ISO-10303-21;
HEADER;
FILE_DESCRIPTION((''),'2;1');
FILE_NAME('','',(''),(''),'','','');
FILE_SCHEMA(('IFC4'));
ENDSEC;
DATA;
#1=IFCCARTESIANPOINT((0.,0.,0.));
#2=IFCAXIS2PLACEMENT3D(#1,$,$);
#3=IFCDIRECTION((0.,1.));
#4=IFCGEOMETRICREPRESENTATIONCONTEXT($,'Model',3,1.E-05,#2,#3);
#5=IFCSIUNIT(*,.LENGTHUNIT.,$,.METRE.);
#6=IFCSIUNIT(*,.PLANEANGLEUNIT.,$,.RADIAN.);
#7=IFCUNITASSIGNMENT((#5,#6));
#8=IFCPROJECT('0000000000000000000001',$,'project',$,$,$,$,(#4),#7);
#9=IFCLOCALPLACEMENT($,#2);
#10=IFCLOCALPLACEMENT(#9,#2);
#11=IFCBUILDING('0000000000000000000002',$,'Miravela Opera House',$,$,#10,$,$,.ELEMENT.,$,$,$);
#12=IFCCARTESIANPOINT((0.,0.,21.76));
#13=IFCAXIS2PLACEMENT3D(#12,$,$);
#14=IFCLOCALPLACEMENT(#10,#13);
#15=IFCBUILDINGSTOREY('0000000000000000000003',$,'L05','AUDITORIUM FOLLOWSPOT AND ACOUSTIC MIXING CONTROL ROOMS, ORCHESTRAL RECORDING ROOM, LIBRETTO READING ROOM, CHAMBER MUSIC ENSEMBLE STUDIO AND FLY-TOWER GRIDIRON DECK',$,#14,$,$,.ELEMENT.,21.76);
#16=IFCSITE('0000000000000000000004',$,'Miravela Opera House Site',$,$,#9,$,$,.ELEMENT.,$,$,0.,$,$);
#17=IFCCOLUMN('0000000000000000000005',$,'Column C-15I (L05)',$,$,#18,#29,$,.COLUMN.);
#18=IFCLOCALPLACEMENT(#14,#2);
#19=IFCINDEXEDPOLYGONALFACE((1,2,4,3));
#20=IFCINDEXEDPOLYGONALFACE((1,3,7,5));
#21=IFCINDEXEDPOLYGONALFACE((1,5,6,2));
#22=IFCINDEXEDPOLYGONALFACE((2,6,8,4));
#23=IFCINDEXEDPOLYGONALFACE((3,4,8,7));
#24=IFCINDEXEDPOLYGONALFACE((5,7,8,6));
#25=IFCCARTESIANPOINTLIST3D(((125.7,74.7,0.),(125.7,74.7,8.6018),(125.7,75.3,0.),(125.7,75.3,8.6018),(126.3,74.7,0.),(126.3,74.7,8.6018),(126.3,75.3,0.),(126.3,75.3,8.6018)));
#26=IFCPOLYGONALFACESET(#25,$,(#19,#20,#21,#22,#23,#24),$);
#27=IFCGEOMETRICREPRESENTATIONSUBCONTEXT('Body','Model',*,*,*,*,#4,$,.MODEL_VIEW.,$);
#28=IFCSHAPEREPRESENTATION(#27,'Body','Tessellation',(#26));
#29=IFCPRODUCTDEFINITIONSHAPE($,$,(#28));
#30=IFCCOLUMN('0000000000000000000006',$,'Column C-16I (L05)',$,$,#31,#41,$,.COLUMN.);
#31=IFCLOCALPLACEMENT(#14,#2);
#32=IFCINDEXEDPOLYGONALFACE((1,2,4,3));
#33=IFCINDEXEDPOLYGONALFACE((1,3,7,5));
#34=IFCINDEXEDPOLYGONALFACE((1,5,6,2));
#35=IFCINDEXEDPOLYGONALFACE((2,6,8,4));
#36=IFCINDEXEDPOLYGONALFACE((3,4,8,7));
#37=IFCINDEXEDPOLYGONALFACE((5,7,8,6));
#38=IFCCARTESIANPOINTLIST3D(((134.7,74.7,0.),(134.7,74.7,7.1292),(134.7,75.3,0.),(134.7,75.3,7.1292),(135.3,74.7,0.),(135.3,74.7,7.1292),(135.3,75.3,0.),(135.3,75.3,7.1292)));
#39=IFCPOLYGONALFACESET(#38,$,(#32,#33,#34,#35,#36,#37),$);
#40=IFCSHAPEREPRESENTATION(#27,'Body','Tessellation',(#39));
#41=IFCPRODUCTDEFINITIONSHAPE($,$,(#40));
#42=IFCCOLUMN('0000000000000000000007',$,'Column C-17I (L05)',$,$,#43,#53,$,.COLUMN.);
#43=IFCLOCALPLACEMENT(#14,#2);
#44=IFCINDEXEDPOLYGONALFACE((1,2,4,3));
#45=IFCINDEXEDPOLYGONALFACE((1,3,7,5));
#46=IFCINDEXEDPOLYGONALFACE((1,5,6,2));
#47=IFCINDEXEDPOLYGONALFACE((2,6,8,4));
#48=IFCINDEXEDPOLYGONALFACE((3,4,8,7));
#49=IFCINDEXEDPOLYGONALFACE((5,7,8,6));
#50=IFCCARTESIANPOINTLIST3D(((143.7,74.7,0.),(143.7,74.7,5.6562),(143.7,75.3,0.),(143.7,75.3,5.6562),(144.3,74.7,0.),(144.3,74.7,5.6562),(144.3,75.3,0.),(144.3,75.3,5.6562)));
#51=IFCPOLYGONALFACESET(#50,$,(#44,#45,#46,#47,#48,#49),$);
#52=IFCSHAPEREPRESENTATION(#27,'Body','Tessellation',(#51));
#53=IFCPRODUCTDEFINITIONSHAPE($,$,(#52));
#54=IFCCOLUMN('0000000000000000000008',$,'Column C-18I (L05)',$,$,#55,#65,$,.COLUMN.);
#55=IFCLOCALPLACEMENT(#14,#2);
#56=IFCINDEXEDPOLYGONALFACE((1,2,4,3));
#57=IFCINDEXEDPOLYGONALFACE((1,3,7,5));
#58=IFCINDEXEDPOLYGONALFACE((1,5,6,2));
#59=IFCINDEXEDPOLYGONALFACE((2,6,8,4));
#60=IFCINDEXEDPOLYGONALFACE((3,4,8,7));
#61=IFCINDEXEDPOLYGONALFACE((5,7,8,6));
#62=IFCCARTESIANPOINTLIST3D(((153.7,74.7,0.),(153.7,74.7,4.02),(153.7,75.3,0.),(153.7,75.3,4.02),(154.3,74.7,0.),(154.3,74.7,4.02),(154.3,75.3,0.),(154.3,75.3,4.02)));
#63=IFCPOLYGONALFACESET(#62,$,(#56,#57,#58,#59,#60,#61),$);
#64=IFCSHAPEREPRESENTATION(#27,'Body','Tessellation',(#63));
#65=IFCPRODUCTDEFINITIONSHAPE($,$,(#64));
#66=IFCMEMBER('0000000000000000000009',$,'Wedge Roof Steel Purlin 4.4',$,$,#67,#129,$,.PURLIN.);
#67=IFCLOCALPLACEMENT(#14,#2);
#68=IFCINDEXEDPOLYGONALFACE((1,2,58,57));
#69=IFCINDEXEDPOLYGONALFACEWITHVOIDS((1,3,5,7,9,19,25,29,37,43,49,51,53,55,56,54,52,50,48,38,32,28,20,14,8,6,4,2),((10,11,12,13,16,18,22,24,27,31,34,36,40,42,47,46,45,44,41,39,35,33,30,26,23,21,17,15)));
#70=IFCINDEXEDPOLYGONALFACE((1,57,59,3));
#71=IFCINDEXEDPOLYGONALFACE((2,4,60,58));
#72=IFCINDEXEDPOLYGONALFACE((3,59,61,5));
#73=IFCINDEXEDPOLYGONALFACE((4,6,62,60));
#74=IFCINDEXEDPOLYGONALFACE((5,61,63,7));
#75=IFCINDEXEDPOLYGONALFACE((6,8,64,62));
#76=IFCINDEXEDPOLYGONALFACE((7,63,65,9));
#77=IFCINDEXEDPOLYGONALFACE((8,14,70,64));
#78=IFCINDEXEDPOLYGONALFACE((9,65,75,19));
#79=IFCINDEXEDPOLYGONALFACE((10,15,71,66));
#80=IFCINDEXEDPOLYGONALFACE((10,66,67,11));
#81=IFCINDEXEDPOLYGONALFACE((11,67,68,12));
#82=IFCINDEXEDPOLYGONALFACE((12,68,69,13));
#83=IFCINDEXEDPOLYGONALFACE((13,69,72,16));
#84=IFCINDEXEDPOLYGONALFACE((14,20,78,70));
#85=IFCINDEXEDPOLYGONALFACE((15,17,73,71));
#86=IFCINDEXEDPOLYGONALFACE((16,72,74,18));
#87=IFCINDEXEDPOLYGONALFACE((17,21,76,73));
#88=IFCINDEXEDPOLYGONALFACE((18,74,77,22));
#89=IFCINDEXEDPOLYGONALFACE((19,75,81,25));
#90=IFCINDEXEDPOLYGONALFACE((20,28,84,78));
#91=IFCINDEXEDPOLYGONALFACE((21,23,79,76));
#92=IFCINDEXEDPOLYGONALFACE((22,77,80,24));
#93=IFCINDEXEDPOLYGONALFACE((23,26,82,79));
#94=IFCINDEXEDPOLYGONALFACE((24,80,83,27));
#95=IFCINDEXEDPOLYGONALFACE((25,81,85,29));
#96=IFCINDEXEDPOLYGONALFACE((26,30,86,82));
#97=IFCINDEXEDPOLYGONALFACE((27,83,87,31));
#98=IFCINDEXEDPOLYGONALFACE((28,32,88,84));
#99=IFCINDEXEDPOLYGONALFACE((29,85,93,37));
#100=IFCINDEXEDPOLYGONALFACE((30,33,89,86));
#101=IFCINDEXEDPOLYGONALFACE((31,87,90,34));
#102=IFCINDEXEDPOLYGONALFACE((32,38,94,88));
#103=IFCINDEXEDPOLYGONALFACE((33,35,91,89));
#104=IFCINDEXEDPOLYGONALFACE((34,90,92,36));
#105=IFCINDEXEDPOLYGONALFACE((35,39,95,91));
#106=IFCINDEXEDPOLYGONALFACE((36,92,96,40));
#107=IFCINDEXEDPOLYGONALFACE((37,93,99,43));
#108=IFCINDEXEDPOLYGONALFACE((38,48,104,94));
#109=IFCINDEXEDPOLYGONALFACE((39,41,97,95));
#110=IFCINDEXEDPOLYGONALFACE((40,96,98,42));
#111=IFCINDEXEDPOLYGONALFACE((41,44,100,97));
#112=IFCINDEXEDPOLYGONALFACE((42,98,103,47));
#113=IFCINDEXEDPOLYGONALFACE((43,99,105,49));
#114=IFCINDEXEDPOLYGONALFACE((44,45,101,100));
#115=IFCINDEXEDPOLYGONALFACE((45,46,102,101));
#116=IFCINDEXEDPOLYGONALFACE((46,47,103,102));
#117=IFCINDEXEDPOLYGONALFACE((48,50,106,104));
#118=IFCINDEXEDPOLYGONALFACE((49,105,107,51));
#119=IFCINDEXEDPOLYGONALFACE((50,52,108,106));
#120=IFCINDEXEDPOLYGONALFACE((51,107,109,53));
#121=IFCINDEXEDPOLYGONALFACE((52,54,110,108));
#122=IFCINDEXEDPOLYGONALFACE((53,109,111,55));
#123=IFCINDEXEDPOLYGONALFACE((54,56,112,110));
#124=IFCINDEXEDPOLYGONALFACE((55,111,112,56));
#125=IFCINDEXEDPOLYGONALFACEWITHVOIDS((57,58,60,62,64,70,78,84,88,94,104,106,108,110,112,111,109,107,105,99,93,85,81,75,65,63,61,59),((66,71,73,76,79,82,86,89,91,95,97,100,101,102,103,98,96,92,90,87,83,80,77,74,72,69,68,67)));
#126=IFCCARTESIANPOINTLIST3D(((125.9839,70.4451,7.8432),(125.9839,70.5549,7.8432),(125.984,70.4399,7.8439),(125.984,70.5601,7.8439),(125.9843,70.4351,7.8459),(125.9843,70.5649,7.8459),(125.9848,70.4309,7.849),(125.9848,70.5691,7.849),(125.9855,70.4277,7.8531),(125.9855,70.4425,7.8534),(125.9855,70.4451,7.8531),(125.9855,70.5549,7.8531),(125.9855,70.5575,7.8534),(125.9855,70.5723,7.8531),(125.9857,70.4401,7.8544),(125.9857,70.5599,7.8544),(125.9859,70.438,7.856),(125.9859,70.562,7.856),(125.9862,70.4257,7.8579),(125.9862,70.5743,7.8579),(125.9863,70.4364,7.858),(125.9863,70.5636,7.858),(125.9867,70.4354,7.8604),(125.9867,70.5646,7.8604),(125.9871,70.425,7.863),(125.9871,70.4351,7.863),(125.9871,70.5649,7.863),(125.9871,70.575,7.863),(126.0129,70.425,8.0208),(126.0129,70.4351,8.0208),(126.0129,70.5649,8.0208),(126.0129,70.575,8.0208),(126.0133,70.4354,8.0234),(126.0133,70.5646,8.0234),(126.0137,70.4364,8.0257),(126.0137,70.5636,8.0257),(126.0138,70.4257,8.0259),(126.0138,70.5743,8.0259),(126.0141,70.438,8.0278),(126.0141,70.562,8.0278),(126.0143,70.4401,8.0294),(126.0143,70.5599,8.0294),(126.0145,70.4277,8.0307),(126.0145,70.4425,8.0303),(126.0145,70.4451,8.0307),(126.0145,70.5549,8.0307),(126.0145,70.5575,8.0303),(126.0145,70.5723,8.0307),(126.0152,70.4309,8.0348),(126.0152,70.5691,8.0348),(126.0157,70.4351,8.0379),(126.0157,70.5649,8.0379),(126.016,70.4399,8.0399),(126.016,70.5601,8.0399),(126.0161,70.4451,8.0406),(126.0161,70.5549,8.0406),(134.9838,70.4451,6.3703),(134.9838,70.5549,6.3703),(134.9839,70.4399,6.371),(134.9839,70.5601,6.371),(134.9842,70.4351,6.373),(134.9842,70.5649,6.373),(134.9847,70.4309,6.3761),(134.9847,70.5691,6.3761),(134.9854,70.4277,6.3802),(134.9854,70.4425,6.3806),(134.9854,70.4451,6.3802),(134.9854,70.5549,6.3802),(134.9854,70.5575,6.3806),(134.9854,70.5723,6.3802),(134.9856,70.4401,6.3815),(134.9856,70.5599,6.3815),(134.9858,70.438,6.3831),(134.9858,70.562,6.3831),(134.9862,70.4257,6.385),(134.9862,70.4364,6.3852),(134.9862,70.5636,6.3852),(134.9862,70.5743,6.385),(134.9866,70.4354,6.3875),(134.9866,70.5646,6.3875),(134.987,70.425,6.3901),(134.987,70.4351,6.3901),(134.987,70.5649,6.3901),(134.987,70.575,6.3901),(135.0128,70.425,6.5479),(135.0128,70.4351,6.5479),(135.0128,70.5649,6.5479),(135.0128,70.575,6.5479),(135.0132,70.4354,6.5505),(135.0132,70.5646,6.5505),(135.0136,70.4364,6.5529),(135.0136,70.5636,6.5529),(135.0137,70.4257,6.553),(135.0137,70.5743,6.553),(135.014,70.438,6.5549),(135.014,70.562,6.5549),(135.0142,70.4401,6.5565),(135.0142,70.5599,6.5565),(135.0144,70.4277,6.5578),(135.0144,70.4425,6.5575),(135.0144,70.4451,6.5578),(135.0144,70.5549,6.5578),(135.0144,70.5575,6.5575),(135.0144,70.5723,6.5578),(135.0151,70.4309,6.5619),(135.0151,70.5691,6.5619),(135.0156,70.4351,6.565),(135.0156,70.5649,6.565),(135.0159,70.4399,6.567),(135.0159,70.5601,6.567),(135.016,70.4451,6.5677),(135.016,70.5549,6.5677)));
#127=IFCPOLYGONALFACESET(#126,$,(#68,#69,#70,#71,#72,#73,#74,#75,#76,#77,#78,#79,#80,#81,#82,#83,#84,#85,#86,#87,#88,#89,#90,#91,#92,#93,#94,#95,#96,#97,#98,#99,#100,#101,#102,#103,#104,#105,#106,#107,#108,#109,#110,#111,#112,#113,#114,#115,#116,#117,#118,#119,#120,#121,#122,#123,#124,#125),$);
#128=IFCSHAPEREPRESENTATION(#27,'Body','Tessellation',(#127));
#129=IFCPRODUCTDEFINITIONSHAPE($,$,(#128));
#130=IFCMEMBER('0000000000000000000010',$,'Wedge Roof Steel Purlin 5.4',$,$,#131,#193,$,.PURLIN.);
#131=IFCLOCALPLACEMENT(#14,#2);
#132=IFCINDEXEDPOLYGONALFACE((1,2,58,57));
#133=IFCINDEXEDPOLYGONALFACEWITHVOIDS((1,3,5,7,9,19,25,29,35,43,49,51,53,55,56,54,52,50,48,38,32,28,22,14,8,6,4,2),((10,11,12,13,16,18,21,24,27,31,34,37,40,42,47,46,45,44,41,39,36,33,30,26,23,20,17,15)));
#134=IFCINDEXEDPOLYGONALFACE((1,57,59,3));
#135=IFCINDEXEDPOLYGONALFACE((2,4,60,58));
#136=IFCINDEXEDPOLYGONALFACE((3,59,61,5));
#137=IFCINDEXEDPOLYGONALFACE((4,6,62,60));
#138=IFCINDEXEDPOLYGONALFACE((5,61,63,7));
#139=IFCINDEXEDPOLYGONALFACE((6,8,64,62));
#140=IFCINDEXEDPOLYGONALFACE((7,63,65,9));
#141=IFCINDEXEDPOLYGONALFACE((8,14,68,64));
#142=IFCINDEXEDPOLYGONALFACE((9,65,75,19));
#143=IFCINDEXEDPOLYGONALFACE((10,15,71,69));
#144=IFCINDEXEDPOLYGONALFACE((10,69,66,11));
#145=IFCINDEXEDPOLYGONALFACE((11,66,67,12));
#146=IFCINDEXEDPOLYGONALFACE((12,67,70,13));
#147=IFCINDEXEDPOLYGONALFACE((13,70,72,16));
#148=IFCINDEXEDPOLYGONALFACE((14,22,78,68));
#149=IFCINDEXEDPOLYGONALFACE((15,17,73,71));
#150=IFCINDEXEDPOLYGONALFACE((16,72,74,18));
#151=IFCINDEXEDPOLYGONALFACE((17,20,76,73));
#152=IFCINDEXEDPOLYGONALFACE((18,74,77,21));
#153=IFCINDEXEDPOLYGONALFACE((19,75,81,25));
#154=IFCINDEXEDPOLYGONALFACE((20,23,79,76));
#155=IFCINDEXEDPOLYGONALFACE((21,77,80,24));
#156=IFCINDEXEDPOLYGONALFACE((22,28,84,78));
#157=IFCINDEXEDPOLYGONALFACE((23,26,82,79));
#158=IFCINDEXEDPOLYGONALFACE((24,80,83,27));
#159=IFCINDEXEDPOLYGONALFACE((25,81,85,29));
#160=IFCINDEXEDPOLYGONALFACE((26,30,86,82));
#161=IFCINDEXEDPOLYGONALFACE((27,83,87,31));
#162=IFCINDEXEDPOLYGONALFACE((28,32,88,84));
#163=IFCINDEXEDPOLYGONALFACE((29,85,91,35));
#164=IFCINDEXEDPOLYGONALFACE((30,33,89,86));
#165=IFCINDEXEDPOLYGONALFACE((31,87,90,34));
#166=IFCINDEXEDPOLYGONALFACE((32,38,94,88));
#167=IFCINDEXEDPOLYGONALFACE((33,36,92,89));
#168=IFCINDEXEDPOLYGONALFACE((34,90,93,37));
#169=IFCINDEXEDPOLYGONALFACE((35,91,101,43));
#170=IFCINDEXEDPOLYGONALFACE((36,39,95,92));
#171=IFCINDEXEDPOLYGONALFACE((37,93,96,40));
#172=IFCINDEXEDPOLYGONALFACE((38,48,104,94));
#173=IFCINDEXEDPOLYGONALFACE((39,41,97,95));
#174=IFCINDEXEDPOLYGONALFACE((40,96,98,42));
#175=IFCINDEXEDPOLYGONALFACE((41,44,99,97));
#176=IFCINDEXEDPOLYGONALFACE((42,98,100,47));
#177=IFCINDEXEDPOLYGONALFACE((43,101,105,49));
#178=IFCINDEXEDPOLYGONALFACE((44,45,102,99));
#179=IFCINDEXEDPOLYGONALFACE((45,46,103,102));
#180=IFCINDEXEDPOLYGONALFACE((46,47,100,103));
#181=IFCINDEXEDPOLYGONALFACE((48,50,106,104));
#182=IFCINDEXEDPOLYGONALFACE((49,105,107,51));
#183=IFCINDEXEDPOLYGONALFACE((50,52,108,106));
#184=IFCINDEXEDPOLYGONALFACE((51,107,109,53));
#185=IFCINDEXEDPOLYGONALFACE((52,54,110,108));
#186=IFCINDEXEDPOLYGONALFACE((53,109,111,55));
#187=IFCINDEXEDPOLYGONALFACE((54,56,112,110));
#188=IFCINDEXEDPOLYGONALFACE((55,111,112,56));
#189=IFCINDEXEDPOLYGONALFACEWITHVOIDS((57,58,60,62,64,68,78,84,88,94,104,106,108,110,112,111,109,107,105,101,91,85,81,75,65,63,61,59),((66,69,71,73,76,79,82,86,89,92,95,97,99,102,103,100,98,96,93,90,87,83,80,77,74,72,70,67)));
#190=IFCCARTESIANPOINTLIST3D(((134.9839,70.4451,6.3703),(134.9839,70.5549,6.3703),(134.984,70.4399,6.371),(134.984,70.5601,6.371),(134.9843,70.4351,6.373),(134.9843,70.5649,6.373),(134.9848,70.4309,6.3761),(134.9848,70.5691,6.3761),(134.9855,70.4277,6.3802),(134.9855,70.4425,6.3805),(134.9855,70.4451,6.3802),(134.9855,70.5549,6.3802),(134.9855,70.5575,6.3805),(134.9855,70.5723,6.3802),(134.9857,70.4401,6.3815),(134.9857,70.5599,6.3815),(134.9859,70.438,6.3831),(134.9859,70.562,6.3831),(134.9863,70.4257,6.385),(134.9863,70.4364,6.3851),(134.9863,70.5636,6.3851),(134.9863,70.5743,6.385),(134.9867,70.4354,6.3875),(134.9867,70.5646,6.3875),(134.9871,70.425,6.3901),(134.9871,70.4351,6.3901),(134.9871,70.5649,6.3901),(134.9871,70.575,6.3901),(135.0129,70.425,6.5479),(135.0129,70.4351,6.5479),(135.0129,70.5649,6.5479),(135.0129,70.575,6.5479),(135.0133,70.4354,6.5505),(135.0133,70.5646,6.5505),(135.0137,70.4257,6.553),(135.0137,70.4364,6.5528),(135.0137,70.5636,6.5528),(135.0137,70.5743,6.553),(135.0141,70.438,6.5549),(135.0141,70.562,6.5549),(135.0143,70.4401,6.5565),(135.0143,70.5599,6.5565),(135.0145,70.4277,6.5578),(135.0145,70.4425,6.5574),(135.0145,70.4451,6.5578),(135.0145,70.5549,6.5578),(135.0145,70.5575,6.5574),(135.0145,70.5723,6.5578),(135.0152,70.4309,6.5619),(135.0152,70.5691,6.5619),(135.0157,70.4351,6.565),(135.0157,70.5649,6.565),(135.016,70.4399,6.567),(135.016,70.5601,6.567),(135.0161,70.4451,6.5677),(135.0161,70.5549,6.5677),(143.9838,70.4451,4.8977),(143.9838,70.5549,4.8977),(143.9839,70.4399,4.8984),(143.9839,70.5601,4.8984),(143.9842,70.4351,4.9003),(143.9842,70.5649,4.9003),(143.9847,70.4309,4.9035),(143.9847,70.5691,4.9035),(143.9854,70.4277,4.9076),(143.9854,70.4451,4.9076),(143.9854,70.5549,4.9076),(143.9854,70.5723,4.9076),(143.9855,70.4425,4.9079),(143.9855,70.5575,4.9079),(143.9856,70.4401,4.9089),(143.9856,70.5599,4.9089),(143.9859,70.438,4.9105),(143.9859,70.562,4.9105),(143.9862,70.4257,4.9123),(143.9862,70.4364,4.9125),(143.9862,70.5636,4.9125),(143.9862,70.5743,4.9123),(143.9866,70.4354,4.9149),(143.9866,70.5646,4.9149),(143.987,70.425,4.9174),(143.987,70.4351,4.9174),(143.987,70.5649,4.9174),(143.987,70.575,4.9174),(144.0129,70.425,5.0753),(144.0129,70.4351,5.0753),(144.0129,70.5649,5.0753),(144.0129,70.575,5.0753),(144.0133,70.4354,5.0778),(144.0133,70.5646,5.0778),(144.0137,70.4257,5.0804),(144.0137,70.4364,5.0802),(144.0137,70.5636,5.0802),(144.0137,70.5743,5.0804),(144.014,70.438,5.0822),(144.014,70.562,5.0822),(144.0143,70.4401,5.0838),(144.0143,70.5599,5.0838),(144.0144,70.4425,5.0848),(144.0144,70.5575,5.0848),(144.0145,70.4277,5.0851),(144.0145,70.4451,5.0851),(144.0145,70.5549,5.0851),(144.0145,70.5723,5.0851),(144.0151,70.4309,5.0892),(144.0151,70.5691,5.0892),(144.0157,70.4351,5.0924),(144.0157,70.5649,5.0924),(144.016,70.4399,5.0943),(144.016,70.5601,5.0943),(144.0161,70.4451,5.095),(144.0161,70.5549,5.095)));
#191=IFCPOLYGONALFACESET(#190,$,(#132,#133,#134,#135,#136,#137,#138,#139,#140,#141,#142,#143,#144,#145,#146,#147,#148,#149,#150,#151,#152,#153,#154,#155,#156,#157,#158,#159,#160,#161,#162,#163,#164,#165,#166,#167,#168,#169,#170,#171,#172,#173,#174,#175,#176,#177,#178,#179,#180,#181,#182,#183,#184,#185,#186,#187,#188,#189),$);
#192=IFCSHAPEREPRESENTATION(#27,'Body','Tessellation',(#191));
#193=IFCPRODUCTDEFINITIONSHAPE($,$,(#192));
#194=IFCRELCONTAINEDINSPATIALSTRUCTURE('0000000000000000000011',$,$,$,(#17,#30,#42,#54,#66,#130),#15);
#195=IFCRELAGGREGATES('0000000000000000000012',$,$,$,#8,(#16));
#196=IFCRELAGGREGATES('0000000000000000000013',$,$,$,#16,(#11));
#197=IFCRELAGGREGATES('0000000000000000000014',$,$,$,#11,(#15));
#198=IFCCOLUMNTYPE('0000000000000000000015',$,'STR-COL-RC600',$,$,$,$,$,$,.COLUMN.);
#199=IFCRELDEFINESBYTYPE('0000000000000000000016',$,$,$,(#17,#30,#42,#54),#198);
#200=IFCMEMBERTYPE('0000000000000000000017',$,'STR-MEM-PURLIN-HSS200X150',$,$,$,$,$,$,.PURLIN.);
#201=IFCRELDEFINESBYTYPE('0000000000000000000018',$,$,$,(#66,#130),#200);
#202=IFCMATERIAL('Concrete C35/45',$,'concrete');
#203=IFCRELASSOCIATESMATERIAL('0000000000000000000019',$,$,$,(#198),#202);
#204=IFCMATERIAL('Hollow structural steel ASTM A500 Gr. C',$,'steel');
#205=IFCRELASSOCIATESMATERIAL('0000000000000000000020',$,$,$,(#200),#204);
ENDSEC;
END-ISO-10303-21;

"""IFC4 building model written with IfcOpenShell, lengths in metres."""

from ifc_helpers import new_model, si_unit, direction, frame, origin, origin_2d, place, context, subcontext, project, spatial, rectangle, hollow_rectangle, extrude, material, material_profile, profile_set, type_object, element, save


model = new_model("IFC4")

# Units and contexts
model_context = context("Model", 3, precision=1e-05, world=origin(), true_north=direction((0.0, 1.0)))
body_context = subcontext(model_context, "Body", "Model", "MODEL_VIEW")
ifc_project = project(units=[si_unit("LENGTHUNIT", "METRE"), si_unit("PLANEANGLEUNIT", "RADIAN")], contexts=[model_context])

# Site, building, storey
site_placement = place(None, origin())
site = spatial("IfcSite", under=ifc_project, at=site_placement, Name="Miravela Opera House Site", CompositionType="ELEMENT", RefElevation=0.0)
building_placement = place(site_placement, origin())
building = spatial("IfcBuilding", under=site, at=building_placement, Name="Miravela Opera House", CompositionType="ELEMENT")
storey_placement = place(building_placement, frame((0.0, 0.0, 21.76)))
storey = spatial("IfcBuildingStorey", under=building, at=storey_placement, Name="L05", Description="AUDITORIUM FOLLOWSPOT AND ACOUSTIC MIXING CONTROL ROOMS, ORCHESTRAL RECORDING ROOM, LIBRETTO READING ROOM, CHAMBER MUSIC ENSEMBLE STUDIO AND FLY-TOWER GRIDIRON DECK", CompositionType="ELEMENT", Elevation=21.76)

# Columns
ifc_material_1 = material(Name="Concrete C35/45", Category="concrete")
ifc_material_profile_1 = material_profile(ifc_material_1, rectangle(XDim=0.6001, YDim=0.6001, at=origin_2d()), Name="RC-COL-600X600")
ifc_profile_set_1 = profile_set([ifc_material_profile_1])
column_type = type_object("IfcColumnType", Name="STR-COL-RC600", PredefinedType="COLUMN", material=ifc_profile_set_1)
column_1_placement = place(storey_placement, frame((126.0, 75.0, 0.0), z_axis=(0.0, 0.0, 1.0), x_axis=(1.0, 0.0, 0.0)))
element("IfcColumn", 1, at=column_1_placement, inside=storey, type_object=column_type, Name="Column C-15I (L05)", PredefinedType="COLUMN", context=body_context, shape_type="SweptSolid", body=[
    extrude(rectangle(XDim=0.6001, YDim=0.6001, at=origin_2d()), origin(), (0.0, 0.0, 1.0), 8.6018),
])
column_2_placement = place(storey_placement, frame((135.0, 75.0, 0.0), z_axis=(0.0, 0.0, 1.0), x_axis=(1.0, 0.0, 0.0)))
element("IfcColumn", 2, at=column_2_placement, inside=storey, type_object=column_type, Name="Column C-16I (L05)", PredefinedType="COLUMN", context=body_context, shape_type="SweptSolid", body=[
    extrude(rectangle(XDim=0.6001, YDim=0.6001, at=origin_2d()), origin(), (0.0, 0.0, 1.0), 7.1292),
])
column_3_placement = place(storey_placement, frame((144.0, 75.0, 0.0), z_axis=(0.0, 0.0, 1.0), x_axis=(1.0, 0.0, 0.0)))
element("IfcColumn", 3, at=column_3_placement, inside=storey, type_object=column_type, Name="Column C-17I (L05)", PredefinedType="COLUMN", context=body_context, shape_type="SweptSolid", body=[
    extrude(rectangle(XDim=0.6001, YDim=0.6001, at=origin_2d()), origin(), (0.0, 0.0, 1.0), 5.6562),
])
column_4_placement = place(storey_placement, frame((154.0, 75.0, 0.0), z_axis=(0.0, 0.0, 1.0), x_axis=(1.0, 0.0, 0.0)))
element("IfcColumn", 4, at=column_4_placement, inside=storey, type_object=column_type, Name="Column C-18I (L05)", PredefinedType="COLUMN", context=body_context, shape_type="SweptSolid", body=[
    extrude(rectangle(XDim=0.6001, YDim=0.6001, at=origin_2d()), origin(), (0.0, 0.0, 1.0), 4.02),
])

# Members
ifc_material_2 = material(Name="Hollow structural steel ASTM A500 Gr. C", Category="steel")
ifc_material_profile_2 = material_profile(ifc_material_2, hollow_rectangle(XDim=0.1499, YDim=0.2, WallThickness=0.01, InnerFilletRadius=0.01, OuterFilletRadius=0.02, at=origin_2d()), Name="HSS200X150X10")
ifc_profile_set_2 = profile_set([ifc_material_profile_2])
member_type_1 = type_object("IfcMemberType", Name="STR-MEM-PURLIN-HSS200X150", PredefinedType="PURLIN", material=ifc_profile_set_2)
for number, where, z_axis, x_axis, name in (
    (5, (126.0, 70.5, 7.9419), (0.986872, 0.0, -0.161507), (0.0, 1.0, 0.0), "Wedge Roof Steel Purlin 4.4"),
    (6, (135.0, 70.5, 6.469), (0.986876, 0.0, -0.161481), (0.0, 1.0, 0.0), "Wedge Roof Steel Purlin 5.4"),
):
    element("IfcMember", number, at=place(storey_placement, frame(where, z_axis=z_axis, x_axis=x_axis)), inside=storey, type_object=member_type_1, Name=name, PredefinedType="PURLIN", context=body_context, shape_type="SweptSolid", body=[
        extrude(hollow_rectangle(XDim=0.1499, YDim=0.2, WallThickness=0.01, InnerFilletRadius=0.01, OuterFilletRadius=0.02, at=origin_2d()), origin(), (0.0, 0.0, 1.0), 9.1196),
    ])

save(model, "model.ifc")
